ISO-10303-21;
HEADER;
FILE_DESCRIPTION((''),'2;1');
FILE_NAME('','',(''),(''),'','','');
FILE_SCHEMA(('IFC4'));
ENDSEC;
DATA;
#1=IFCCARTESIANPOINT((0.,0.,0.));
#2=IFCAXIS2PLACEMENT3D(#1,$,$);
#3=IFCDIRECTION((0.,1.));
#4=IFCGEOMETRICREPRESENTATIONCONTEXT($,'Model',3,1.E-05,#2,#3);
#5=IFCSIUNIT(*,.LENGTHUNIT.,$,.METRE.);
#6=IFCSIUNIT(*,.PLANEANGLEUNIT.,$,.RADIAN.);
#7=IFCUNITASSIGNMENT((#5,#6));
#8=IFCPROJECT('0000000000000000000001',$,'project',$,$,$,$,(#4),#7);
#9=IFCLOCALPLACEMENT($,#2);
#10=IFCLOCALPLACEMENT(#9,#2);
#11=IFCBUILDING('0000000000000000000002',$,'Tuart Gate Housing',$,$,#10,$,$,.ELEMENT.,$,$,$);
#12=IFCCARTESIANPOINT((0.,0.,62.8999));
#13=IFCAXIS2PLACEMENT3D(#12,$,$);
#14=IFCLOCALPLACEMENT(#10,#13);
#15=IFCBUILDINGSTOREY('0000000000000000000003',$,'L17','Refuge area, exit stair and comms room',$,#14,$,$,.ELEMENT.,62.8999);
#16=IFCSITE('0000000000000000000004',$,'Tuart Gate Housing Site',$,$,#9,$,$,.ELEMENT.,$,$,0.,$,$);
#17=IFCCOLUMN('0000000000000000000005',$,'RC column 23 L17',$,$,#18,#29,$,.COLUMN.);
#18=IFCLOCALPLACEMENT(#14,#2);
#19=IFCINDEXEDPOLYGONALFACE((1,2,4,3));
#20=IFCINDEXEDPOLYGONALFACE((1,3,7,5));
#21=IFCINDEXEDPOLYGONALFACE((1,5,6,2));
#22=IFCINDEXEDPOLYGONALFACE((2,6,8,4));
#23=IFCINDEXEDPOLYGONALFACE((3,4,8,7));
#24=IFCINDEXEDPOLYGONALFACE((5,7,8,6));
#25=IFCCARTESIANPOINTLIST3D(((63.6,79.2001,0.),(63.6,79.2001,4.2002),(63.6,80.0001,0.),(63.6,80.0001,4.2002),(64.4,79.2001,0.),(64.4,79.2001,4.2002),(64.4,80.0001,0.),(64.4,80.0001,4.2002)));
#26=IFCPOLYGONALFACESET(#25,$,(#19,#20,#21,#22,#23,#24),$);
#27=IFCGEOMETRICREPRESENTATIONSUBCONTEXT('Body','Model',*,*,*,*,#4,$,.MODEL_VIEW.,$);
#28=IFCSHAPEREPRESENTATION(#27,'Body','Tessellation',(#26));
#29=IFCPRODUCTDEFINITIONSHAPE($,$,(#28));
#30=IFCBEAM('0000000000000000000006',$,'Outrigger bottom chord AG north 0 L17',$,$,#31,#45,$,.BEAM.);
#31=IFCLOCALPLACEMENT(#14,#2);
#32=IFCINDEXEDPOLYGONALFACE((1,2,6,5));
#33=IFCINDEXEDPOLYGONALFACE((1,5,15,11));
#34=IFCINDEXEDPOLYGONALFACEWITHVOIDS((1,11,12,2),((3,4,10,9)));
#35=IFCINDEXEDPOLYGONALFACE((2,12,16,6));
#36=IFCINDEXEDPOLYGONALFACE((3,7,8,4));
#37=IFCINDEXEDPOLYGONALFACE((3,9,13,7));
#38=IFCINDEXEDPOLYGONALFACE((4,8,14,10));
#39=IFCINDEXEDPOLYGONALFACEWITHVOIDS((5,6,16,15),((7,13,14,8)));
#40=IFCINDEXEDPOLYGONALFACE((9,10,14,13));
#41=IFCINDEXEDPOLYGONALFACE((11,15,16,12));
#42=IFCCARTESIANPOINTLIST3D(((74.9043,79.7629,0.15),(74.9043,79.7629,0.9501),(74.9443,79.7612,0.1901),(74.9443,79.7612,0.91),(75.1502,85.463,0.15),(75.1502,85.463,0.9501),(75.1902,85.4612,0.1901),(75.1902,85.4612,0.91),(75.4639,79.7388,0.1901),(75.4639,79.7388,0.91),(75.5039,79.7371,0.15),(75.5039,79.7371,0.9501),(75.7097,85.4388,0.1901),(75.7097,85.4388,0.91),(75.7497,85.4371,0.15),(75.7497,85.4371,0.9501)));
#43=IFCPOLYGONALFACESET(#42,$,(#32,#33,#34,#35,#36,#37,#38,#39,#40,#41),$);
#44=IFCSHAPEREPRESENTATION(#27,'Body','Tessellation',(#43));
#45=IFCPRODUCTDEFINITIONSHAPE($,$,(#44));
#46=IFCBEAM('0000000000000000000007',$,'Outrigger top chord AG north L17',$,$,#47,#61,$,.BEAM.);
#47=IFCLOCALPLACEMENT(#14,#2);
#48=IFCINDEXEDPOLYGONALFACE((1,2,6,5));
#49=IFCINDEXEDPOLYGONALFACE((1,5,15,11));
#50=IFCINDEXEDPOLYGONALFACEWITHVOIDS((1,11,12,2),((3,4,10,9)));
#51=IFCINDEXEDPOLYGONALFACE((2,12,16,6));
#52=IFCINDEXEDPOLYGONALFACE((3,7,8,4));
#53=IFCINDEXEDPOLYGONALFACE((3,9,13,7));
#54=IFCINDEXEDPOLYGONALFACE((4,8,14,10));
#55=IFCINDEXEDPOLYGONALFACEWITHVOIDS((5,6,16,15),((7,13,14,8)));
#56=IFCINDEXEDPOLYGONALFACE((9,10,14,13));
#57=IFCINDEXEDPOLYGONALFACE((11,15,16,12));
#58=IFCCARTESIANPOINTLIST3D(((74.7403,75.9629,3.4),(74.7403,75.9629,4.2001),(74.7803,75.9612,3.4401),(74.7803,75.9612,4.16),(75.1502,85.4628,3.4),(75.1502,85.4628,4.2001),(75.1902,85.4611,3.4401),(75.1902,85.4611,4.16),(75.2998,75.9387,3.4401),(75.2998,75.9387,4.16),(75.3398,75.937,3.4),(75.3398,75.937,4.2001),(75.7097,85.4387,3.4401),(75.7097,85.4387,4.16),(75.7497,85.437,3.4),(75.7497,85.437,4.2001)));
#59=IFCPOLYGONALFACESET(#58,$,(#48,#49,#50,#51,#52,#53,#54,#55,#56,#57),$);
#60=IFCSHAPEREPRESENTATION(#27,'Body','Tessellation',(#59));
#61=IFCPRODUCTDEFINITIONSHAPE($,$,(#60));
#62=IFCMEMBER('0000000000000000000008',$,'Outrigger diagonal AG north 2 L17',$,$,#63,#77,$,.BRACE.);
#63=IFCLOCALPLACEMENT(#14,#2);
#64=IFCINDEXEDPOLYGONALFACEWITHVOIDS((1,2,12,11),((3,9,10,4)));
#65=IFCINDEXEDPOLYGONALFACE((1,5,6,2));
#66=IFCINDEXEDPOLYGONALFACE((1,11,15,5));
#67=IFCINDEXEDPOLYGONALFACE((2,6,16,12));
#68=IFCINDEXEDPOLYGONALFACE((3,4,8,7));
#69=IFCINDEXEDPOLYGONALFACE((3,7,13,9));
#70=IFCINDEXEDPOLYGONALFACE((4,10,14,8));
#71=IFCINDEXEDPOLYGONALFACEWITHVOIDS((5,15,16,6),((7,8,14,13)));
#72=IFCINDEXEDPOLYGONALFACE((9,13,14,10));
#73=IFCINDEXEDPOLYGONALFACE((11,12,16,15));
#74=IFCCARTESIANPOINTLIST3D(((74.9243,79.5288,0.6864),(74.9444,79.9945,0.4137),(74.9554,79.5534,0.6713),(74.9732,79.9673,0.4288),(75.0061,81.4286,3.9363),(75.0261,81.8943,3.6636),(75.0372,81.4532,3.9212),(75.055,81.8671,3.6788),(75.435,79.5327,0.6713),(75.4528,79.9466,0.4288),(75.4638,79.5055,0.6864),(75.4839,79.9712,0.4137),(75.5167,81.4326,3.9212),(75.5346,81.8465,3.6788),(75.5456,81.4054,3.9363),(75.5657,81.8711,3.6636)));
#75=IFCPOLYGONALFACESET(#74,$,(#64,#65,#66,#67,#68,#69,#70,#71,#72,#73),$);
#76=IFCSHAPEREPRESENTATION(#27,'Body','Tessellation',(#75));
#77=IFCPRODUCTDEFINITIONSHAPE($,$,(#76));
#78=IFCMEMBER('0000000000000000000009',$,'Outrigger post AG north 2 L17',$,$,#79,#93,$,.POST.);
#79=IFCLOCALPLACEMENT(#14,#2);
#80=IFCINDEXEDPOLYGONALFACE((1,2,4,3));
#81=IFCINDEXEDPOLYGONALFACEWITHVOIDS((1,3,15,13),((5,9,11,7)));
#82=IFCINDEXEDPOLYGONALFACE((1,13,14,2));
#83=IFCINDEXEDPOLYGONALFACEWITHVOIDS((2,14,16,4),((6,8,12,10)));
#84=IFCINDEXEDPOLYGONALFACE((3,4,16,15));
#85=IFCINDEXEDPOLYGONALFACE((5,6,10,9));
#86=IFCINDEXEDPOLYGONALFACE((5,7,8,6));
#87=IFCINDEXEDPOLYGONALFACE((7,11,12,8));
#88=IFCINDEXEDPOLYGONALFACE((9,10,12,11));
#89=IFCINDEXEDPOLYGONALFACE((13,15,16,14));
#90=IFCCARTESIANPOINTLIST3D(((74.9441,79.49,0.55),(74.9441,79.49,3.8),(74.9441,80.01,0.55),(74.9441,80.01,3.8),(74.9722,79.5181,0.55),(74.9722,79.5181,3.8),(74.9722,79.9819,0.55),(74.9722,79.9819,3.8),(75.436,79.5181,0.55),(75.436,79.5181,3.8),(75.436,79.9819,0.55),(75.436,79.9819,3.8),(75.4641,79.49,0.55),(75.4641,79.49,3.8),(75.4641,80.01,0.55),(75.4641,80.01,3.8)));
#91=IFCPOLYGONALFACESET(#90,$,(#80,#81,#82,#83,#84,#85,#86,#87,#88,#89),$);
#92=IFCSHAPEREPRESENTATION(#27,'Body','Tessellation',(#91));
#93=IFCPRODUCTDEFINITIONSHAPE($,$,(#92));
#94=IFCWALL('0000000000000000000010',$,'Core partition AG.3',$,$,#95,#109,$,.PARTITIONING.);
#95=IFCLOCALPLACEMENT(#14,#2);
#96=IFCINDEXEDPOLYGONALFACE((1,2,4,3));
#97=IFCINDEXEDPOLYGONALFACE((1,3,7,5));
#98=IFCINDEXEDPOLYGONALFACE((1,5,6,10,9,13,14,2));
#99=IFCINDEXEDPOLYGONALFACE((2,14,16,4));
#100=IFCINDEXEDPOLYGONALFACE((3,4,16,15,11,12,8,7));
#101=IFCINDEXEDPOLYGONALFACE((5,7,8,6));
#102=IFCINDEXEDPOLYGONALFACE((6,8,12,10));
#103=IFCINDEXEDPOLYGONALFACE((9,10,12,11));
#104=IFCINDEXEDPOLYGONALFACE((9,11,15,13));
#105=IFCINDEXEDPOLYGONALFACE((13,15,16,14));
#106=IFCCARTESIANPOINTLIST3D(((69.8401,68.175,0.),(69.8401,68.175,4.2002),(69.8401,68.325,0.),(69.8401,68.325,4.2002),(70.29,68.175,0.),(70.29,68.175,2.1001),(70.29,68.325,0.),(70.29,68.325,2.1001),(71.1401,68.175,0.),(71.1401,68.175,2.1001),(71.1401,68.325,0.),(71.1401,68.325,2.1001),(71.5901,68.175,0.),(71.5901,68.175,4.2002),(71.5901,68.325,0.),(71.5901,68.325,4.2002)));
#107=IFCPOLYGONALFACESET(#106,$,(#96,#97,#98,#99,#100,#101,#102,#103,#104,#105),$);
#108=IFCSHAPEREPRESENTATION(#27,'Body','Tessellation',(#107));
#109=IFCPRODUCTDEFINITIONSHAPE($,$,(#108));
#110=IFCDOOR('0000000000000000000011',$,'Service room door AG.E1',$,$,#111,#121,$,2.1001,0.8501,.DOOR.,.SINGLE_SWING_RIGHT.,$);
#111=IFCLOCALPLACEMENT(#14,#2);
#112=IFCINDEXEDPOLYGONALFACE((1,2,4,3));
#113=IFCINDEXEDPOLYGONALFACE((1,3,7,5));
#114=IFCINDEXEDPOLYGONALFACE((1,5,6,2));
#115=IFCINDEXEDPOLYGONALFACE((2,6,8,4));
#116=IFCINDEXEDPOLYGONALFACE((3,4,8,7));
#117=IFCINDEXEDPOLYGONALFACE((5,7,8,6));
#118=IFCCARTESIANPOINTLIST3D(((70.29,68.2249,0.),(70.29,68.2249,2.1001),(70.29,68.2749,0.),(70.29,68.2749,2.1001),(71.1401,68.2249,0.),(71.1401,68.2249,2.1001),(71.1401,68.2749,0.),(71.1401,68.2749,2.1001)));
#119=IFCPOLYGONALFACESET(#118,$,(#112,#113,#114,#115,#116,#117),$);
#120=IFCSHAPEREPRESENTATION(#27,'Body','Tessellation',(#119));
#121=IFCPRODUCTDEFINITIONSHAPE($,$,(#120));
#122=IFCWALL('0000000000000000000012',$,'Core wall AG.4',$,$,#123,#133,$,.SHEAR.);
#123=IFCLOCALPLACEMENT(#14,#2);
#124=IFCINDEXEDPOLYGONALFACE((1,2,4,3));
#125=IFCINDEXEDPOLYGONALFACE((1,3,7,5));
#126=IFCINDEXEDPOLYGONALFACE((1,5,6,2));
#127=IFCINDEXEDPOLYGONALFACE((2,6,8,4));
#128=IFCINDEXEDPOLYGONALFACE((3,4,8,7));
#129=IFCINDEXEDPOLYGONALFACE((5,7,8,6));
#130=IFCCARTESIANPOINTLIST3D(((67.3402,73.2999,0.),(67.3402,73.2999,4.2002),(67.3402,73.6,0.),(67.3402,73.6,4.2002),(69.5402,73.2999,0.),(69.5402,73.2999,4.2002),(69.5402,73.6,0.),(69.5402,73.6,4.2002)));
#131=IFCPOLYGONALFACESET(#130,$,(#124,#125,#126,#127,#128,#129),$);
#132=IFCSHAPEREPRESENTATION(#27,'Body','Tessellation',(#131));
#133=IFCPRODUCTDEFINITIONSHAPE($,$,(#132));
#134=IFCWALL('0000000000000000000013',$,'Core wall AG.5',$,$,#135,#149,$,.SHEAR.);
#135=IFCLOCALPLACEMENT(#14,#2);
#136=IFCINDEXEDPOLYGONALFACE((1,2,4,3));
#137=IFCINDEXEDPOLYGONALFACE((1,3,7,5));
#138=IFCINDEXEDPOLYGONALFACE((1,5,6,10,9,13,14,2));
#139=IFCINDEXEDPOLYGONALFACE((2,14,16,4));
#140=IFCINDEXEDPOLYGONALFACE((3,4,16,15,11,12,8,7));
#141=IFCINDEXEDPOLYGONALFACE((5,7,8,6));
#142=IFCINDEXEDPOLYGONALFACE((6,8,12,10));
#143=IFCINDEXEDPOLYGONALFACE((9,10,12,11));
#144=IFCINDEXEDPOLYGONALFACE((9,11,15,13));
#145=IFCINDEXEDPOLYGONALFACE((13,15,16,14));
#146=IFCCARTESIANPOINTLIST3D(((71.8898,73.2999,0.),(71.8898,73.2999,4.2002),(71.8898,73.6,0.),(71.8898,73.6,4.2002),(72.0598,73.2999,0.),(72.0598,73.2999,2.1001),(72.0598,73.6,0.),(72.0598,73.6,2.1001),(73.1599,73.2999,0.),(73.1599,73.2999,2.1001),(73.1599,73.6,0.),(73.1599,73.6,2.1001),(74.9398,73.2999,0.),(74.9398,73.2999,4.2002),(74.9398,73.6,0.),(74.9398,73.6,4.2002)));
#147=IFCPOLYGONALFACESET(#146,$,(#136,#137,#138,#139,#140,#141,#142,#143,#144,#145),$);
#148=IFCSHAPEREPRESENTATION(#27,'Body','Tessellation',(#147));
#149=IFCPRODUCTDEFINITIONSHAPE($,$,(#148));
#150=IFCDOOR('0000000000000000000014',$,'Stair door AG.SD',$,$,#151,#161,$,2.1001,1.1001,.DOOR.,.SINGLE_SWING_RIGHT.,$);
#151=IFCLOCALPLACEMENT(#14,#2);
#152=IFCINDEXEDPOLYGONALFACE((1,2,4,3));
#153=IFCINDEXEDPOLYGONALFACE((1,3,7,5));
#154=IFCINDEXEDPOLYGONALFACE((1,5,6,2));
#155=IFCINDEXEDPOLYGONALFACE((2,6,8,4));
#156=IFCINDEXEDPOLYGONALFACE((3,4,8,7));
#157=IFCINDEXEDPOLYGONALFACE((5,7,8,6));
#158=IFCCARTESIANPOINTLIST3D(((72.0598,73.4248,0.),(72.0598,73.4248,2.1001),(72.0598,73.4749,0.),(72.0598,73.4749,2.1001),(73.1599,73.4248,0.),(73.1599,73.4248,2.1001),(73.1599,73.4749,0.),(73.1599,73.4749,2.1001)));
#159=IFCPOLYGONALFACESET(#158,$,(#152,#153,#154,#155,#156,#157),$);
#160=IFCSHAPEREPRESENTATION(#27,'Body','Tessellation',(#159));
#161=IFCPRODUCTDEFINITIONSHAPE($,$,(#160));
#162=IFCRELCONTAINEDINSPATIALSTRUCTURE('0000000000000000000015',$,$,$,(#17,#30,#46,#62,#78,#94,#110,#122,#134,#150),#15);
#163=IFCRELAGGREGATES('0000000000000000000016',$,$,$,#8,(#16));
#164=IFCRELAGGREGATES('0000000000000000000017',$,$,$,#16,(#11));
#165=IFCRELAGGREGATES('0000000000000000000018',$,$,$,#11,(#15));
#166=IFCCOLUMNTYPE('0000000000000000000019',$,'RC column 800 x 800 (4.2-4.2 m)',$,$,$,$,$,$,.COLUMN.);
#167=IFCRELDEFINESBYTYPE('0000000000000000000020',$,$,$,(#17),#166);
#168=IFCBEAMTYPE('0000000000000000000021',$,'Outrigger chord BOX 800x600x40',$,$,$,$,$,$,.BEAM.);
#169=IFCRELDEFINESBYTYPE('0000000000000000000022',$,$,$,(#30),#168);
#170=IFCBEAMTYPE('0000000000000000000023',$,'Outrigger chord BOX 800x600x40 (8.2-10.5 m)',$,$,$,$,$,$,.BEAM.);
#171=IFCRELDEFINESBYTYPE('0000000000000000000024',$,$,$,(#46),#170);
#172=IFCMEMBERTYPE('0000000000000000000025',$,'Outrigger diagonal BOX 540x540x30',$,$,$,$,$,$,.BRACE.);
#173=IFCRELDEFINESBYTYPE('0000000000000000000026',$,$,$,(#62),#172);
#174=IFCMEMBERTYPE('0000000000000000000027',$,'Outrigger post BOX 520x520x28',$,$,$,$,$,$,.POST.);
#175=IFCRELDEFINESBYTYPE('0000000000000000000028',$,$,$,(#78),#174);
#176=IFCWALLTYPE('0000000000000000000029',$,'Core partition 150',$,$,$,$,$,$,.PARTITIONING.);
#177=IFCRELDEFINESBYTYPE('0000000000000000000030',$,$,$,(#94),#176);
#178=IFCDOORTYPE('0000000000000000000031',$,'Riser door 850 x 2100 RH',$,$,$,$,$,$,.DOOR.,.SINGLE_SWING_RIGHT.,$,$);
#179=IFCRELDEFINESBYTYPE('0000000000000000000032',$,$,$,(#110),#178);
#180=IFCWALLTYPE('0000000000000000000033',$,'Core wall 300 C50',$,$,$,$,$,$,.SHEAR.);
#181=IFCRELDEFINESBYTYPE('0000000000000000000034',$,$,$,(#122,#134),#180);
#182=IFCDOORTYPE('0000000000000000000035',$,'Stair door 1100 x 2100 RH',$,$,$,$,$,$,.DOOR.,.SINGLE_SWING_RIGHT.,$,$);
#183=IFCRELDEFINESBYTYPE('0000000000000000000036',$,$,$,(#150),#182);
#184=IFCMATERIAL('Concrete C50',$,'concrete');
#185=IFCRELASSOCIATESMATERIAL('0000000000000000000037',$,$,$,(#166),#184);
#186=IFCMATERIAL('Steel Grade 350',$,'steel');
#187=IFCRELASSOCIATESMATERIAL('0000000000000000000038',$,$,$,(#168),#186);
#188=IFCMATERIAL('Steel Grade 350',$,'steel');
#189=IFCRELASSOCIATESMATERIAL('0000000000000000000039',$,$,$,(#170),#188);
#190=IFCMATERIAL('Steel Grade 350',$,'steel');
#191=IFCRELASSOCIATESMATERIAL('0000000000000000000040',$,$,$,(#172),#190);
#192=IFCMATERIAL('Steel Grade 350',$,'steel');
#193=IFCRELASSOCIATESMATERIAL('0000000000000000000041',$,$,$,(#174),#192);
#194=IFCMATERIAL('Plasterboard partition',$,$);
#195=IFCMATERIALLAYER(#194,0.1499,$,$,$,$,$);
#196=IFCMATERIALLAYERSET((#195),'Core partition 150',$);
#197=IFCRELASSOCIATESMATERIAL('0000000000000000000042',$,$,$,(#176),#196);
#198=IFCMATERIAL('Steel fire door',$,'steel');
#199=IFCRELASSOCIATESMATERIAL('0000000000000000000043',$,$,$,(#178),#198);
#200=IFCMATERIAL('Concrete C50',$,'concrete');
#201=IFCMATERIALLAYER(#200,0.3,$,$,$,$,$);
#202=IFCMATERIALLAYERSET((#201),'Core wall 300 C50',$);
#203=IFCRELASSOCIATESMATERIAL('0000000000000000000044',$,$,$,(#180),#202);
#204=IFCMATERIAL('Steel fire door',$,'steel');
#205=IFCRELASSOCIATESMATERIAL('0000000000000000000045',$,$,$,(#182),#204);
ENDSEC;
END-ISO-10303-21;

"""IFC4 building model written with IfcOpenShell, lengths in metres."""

from ifc_helpers import new_model, si_unit, direction, frame, frame_2d, origin, origin_2d, place, context, subcontext, project, spatial, rectangle, hollow_rectangle, extrude, material, layer, layer_set, material_profile, profile_set, type_object, element, fill, save


model = new_model("IFC4")

# Units and contexts
model_context = context("Model", 3, precision=1e-05, world=origin(), true_north=direction((0.0, 1.0)))
body_context = subcontext(model_context, "Body", "Model", "MODEL_VIEW")
ifc_project = project(units=[si_unit("LENGTHUNIT", "METRE"), si_unit("PLANEANGLEUNIT", "RADIAN")], contexts=[model_context])

# Site, building, storey
site_placement = place(None, origin())
site = spatial("IfcSite", under=ifc_project, at=site_placement, Name="Tuart Gate Housing Site", CompositionType="ELEMENT", RefElevation=0.0)
building_placement = place(site_placement, origin())
building = spatial("IfcBuilding", under=site, at=building_placement, Name="Tuart Gate Housing", CompositionType="ELEMENT")
storey_placement = place(building_placement, frame((0.0, 0.0, 62.8999)))
storey = spatial("IfcBuildingStorey", under=building, at=storey_placement, Name="L17", Description="Refuge area, exit stair and comms room", CompositionType="ELEMENT", Elevation=62.8999)

# Column
ifc_material_1 = material(Name="Concrete C50", Category="concrete")
ifc_material_profile_1 = material_profile(ifc_material_1, rectangle(XDim=0.8, YDim=0.8, at=origin_2d()), Name="RC column 800 x 800 (4.2-4.2 m)")
ifc_profile_set_1 = profile_set([ifc_material_profile_1], Name="Concrete C50")
column_type = type_object("IfcColumnType", Name="RC column 800 x 800 (4.2-4.2 m)", PredefinedType="COLUMN", material=ifc_profile_set_1)
column_placement = place(storey_placement, frame((64.0, 79.6001, 0.0), z_axis=(0.0, 0.0, 1.0), x_axis=(1.0, 0.0, 0.0)))
element("IfcColumn", 1, at=column_placement, inside=storey, type_object=column_type, Name="RC column 23 L17", PredefinedType="COLUMN", context=body_context, shape_type="SweptSolid", body=[
    extrude(rectangle(XDim=0.8, YDim=0.8, at=origin_2d()), origin(), (0.0, 0.0, 1.0), 4.2002),
])

# Beams
ifc_material_2 = material(Name="Steel Grade 350", Category="steel")
ifc_material_profile_2 = material_profile(ifc_material_2, hollow_rectangle(XDim=0.6001, YDim=0.8, WallThickness=0.04, at=origin_2d()), Name="BOX 800x600x40")
ifc_profile_set_2 = profile_set([ifc_material_profile_2], Name="Steel Grade 350")
beam_type_1 = type_object("IfcBeamType", Name="Outrigger chord BOX 800x600x40", PredefinedType="BEAM", material=ifc_profile_set_2)
beam_1_placement = place(storey_placement, frame((75.2041, 79.75, 0.55), z_axis=(0.043092, 0.999071, 0.0), x_axis=(-0.999071, 0.043092, 0.0)))
element("IfcBeam", 2, at=beam_1_placement, inside=storey, type_object=beam_type_1, Name="Outrigger bottom chord AG north 0 L17", PredefinedType="BEAM", context=body_context, shape_type="SweptSolid", body=[
    extrude(hollow_rectangle(XDim=0.6001, YDim=0.8, WallThickness=0.04, at=origin_2d()), origin(), (0.0, 0.0, 1.0), 5.7053),
])
ifc_material_3 = material(Name="Steel Grade 350", Category="steel")
ifc_material_profile_3 = material_profile(ifc_material_3, hollow_rectangle(XDim=0.6001, YDim=0.8, WallThickness=0.04, at=origin_2d()), Name="BOX 800x600x40")
ifc_profile_set_3 = profile_set([ifc_material_profile_3], Name="Steel Grade 350")
beam_type_2 = type_object("IfcBeamType", Name="Outrigger chord BOX 800x600x40 (8.2-10.5 m)", PredefinedType="BEAM", material=ifc_profile_set_3)
beam_2_placement = place(storey_placement, frame((75.04, 75.95, 3.8), z_axis=(0.043109, 0.99907, 0.0), x_axis=(-0.99907, 0.043109, 0.0)))
element("IfcBeam", 3, at=beam_2_placement, inside=storey, type_object=beam_type_2, Name="Outrigger top chord AG north L17", PredefinedType="BEAM", context=body_context, shape_type="SweptSolid", body=[
    extrude(hollow_rectangle(XDim=0.6001, YDim=0.8, WallThickness=0.04, at=origin_2d()), origin(), (0.0, 0.0, 1.0), 9.5088),
])

# Members
ifc_material_4 = material(Name="Steel Grade 350", Category="steel")
ifc_material_profile_4 = material_profile(ifc_material_4, hollow_rectangle(XDim=0.54, YDim=0.54, WallThickness=0.03, at=origin_2d()), Name="BOX 540x540x30")
ifc_profile_set_4 = profile_set([ifc_material_profile_4], Name="Steel Grade 350")
member_type_1 = type_object("IfcMemberType", Name="Outrigger diagonal BOX 540x540x30", PredefinedType="BRACE", material=ifc_profile_set_4)
member_1_placement = place(storey_placement, frame((75.2041, 79.75, 0.55), z_axis=(0.02172, 0.504558, 0.863104), x_axis=(-0.999075, 0.043008, 0.0)))
element("IfcMember", 4, at=member_1_placement, inside=storey, type_object=member_type_1, Name="Outrigger diagonal AG north 2 L17", PredefinedType="BRACE", context=body_context, shape_type="SweptSolid", body=[
    extrude(hollow_rectangle(XDim=0.54, YDim=0.54, WallThickness=0.03, at=origin_2d()), origin(), (0.0, 0.0, 1.0), 3.7654),
])
ifc_material_5 = material(Name="Steel Grade 350", Category="steel")
ifc_material_profile_5 = material_profile(ifc_material_5, hollow_rectangle(XDim=0.52, YDim=0.52, WallThickness=0.0281, at=origin_2d()), Name="BOX 520x520x28")
ifc_profile_set_5 = profile_set([ifc_material_profile_5], Name="Steel Grade 350")
member_type_2 = type_object("IfcMemberType", Name="Outrigger post BOX 520x520x28", PredefinedType="POST", material=ifc_profile_set_5)
member_2_placement = place(storey_placement, frame((75.2041, 79.75, 0.55), z_axis=(0.0, 0.0, 1.0), x_axis=(1.0, 0.0, 0.0)))
element("IfcMember", 5, at=member_2_placement, inside=storey, type_object=member_type_2, Name="Outrigger post AG north 2 L17", PredefinedType="POST", context=body_context, shape_type="SweptSolid", body=[
    extrude(hollow_rectangle(XDim=0.52, YDim=0.52, WallThickness=0.0281, at=origin_2d()), origin(), (0.0, 0.0, 1.0), 3.25),
])

# Wall, opening, door
ifc_material_6 = material(Name="Plasterboard partition")
ifc_layer_1 = layer(ifc_material_6, 0.1499)
ifc_layer_set_1 = layer_set([ifc_layer_1], Name="Core partition 150")
wall_type_1 = type_object("IfcWallType", Name="Core partition 150", PredefinedType="PARTITIONING", material=ifc_layer_set_1)
wall_1_placement = place(storey_placement, frame((69.8401, 68.25, 0.0), z_axis=(0.0, 0.0, 1.0), x_axis=(1.0, 0.0, 0.0)))
wall_1 = element("IfcWall", 6, at=wall_1_placement, inside=storey, type_object=wall_type_1, Name="Core partition AG.3", PredefinedType="PARTITIONING", context=body_context, shape_type="SweptSolid", body=[
    extrude(rectangle(XDim=1.75, YDim=0.1499, at=frame_2d((0.875, 0.0))), origin(), (0.0, 0.0, 1.0), 4.2002),
])
opening_1_placement = place(wall_1_placement, frame((0.45, 0.0, 0.0)))
opening_1 = element("IfcOpeningElement", 7, at=opening_1_placement, cuts=wall_1, PredefinedType="OPENING", context=body_context, shape_type="SweptSolid", body=[
    extrude(rectangle(XDim=0.8501, YDim=2.1001, at=frame_2d((0.425, 1.05))), frame((0.0, 0.085, 0.0), z_axis=(0.0, -1.0, 0.0), x_axis=(1.0, 0.0, 0.0)), (0.0, 0.0, 1.0), 0.1699),
])
ifc_material_7 = material(Name="Steel fire door", Category="steel")
door_type_1 = type_object("IfcDoorType", Name="Riser door 850 x 2100 RH", OperationType="SINGLE_SWING_RIGHT", PredefinedType="DOOR", material=ifc_material_7)
door_1_placement = place(opening_1_placement, frame((0.8501, 0.0, 0.0), z_axis=(0.0, 0.0, 1.0), x_axis=(-1.0, 0.0, 0.0)))
door_1 = element("IfcDoor", 8, at=door_1_placement, inside=storey, type_object=door_type_1, Name="Service room door AG.E1", OperationType="SINGLE_SWING_RIGHT", OverallHeight=2.1001, OverallWidth=0.8501, PredefinedType="DOOR", context=body_context, shape_type="SweptSolid", body=[
    extrude(rectangle(XDim=0.8501, YDim=2.1001, at=frame_2d((0.425, 1.05))), frame((0.0, 0.0251, 0.0), z_axis=(0.0, -1.0, 0.0), x_axis=(1.0, 0.0, 0.0)), (0.0, 0.0, 1.0), 0.05),
])
fill(opening_1, door_1)

# Wall
ifc_material_8 = material(Name="Concrete C50", Category="concrete")
ifc_layer_2 = layer(ifc_material_8, 0.3)
ifc_layer_set_2 = layer_set([ifc_layer_2], Name="Core wall 300 C50")
wall_type_2 = type_object("IfcWallType", Name="Core wall 300 C50", PredefinedType="SHEAR", material=ifc_layer_set_2)
wall_2_placement = place(storey_placement, frame((67.3401, 73.45, 0.0), z_axis=(0.0, 0.0, 1.0), x_axis=(1.0, 0.0, 0.0)))
element("IfcWall", 9, at=wall_2_placement, inside=storey, type_object=wall_type_2, Name="Core wall AG.4", PredefinedType="SHEAR", context=body_context, shape_type="SweptSolid", body=[
    extrude(rectangle(XDim=2.2, YDim=0.3, at=frame_2d((1.1001, 0.0))), origin(), (0.0, 0.0, 1.0), 4.2002),
])

# Wall, opening, door
wall_3_placement = place(storey_placement, frame((71.8899, 73.45, 0.0), z_axis=(0.0, 0.0, 1.0), x_axis=(1.0, 0.0, 0.0)))
wall_3 = element("IfcWall", 10, at=wall_3_placement, inside=storey, type_object=wall_type_2, Name="Core wall AG.5", PredefinedType="SHEAR", context=body_context, shape_type="SweptSolid", body=[
    extrude(rectangle(XDim=3.05, YDim=0.3, at=frame_2d((1.5249, 0.0))), origin(), (0.0, 0.0, 1.0), 4.2002),
])
opening_2_placement = place(wall_3_placement, frame((0.1699, 0.0, 0.0)))
opening_2 = element("IfcOpeningElement", 11, at=opening_2_placement, cuts=wall_3, PredefinedType="OPENING", context=body_context, shape_type="SweptSolid", body=[
    extrude(rectangle(XDim=1.1001, YDim=2.1001, at=frame_2d((0.55, 1.05))), frame((0.0, 0.1599, 0.0), z_axis=(0.0, -1.0, 0.0), x_axis=(1.0, 0.0, 0.0)), (0.0, 0.0, 1.0), 0.3201),
])
ifc_material_9 = material(Name="Steel fire door", Category="steel")
door_type_2 = type_object("IfcDoorType", Name="Stair door 1100 x 2100 RH", OperationType="SINGLE_SWING_RIGHT", PredefinedType="DOOR", material=ifc_material_9)
door_2_placement = place(opening_2_placement, frame((1.1001, 0.0, 0.0), z_axis=(0.0, 0.0, 1.0), x_axis=(-1.0, 0.0, 0.0)))
door_2 = element("IfcDoor", 12, at=door_2_placement, inside=storey, type_object=door_type_2, Name="Stair door AG.SD", OperationType="SINGLE_SWING_RIGHT", OverallHeight=2.1001, OverallWidth=1.1001, PredefinedType="DOOR", context=body_context, shape_type="SweptSolid", body=[
    extrude(rectangle(XDim=1.1001, YDim=2.1001, at=frame_2d((0.55, 1.05))), frame((0.0, 0.0251, 0.0), z_axis=(0.0, -1.0, 0.0), x_axis=(1.0, 0.0, 0.0)), (0.0, 0.0, 1.0), 0.05),
])
fill(opening_2, door_2)

save(model, "model.ifc")
